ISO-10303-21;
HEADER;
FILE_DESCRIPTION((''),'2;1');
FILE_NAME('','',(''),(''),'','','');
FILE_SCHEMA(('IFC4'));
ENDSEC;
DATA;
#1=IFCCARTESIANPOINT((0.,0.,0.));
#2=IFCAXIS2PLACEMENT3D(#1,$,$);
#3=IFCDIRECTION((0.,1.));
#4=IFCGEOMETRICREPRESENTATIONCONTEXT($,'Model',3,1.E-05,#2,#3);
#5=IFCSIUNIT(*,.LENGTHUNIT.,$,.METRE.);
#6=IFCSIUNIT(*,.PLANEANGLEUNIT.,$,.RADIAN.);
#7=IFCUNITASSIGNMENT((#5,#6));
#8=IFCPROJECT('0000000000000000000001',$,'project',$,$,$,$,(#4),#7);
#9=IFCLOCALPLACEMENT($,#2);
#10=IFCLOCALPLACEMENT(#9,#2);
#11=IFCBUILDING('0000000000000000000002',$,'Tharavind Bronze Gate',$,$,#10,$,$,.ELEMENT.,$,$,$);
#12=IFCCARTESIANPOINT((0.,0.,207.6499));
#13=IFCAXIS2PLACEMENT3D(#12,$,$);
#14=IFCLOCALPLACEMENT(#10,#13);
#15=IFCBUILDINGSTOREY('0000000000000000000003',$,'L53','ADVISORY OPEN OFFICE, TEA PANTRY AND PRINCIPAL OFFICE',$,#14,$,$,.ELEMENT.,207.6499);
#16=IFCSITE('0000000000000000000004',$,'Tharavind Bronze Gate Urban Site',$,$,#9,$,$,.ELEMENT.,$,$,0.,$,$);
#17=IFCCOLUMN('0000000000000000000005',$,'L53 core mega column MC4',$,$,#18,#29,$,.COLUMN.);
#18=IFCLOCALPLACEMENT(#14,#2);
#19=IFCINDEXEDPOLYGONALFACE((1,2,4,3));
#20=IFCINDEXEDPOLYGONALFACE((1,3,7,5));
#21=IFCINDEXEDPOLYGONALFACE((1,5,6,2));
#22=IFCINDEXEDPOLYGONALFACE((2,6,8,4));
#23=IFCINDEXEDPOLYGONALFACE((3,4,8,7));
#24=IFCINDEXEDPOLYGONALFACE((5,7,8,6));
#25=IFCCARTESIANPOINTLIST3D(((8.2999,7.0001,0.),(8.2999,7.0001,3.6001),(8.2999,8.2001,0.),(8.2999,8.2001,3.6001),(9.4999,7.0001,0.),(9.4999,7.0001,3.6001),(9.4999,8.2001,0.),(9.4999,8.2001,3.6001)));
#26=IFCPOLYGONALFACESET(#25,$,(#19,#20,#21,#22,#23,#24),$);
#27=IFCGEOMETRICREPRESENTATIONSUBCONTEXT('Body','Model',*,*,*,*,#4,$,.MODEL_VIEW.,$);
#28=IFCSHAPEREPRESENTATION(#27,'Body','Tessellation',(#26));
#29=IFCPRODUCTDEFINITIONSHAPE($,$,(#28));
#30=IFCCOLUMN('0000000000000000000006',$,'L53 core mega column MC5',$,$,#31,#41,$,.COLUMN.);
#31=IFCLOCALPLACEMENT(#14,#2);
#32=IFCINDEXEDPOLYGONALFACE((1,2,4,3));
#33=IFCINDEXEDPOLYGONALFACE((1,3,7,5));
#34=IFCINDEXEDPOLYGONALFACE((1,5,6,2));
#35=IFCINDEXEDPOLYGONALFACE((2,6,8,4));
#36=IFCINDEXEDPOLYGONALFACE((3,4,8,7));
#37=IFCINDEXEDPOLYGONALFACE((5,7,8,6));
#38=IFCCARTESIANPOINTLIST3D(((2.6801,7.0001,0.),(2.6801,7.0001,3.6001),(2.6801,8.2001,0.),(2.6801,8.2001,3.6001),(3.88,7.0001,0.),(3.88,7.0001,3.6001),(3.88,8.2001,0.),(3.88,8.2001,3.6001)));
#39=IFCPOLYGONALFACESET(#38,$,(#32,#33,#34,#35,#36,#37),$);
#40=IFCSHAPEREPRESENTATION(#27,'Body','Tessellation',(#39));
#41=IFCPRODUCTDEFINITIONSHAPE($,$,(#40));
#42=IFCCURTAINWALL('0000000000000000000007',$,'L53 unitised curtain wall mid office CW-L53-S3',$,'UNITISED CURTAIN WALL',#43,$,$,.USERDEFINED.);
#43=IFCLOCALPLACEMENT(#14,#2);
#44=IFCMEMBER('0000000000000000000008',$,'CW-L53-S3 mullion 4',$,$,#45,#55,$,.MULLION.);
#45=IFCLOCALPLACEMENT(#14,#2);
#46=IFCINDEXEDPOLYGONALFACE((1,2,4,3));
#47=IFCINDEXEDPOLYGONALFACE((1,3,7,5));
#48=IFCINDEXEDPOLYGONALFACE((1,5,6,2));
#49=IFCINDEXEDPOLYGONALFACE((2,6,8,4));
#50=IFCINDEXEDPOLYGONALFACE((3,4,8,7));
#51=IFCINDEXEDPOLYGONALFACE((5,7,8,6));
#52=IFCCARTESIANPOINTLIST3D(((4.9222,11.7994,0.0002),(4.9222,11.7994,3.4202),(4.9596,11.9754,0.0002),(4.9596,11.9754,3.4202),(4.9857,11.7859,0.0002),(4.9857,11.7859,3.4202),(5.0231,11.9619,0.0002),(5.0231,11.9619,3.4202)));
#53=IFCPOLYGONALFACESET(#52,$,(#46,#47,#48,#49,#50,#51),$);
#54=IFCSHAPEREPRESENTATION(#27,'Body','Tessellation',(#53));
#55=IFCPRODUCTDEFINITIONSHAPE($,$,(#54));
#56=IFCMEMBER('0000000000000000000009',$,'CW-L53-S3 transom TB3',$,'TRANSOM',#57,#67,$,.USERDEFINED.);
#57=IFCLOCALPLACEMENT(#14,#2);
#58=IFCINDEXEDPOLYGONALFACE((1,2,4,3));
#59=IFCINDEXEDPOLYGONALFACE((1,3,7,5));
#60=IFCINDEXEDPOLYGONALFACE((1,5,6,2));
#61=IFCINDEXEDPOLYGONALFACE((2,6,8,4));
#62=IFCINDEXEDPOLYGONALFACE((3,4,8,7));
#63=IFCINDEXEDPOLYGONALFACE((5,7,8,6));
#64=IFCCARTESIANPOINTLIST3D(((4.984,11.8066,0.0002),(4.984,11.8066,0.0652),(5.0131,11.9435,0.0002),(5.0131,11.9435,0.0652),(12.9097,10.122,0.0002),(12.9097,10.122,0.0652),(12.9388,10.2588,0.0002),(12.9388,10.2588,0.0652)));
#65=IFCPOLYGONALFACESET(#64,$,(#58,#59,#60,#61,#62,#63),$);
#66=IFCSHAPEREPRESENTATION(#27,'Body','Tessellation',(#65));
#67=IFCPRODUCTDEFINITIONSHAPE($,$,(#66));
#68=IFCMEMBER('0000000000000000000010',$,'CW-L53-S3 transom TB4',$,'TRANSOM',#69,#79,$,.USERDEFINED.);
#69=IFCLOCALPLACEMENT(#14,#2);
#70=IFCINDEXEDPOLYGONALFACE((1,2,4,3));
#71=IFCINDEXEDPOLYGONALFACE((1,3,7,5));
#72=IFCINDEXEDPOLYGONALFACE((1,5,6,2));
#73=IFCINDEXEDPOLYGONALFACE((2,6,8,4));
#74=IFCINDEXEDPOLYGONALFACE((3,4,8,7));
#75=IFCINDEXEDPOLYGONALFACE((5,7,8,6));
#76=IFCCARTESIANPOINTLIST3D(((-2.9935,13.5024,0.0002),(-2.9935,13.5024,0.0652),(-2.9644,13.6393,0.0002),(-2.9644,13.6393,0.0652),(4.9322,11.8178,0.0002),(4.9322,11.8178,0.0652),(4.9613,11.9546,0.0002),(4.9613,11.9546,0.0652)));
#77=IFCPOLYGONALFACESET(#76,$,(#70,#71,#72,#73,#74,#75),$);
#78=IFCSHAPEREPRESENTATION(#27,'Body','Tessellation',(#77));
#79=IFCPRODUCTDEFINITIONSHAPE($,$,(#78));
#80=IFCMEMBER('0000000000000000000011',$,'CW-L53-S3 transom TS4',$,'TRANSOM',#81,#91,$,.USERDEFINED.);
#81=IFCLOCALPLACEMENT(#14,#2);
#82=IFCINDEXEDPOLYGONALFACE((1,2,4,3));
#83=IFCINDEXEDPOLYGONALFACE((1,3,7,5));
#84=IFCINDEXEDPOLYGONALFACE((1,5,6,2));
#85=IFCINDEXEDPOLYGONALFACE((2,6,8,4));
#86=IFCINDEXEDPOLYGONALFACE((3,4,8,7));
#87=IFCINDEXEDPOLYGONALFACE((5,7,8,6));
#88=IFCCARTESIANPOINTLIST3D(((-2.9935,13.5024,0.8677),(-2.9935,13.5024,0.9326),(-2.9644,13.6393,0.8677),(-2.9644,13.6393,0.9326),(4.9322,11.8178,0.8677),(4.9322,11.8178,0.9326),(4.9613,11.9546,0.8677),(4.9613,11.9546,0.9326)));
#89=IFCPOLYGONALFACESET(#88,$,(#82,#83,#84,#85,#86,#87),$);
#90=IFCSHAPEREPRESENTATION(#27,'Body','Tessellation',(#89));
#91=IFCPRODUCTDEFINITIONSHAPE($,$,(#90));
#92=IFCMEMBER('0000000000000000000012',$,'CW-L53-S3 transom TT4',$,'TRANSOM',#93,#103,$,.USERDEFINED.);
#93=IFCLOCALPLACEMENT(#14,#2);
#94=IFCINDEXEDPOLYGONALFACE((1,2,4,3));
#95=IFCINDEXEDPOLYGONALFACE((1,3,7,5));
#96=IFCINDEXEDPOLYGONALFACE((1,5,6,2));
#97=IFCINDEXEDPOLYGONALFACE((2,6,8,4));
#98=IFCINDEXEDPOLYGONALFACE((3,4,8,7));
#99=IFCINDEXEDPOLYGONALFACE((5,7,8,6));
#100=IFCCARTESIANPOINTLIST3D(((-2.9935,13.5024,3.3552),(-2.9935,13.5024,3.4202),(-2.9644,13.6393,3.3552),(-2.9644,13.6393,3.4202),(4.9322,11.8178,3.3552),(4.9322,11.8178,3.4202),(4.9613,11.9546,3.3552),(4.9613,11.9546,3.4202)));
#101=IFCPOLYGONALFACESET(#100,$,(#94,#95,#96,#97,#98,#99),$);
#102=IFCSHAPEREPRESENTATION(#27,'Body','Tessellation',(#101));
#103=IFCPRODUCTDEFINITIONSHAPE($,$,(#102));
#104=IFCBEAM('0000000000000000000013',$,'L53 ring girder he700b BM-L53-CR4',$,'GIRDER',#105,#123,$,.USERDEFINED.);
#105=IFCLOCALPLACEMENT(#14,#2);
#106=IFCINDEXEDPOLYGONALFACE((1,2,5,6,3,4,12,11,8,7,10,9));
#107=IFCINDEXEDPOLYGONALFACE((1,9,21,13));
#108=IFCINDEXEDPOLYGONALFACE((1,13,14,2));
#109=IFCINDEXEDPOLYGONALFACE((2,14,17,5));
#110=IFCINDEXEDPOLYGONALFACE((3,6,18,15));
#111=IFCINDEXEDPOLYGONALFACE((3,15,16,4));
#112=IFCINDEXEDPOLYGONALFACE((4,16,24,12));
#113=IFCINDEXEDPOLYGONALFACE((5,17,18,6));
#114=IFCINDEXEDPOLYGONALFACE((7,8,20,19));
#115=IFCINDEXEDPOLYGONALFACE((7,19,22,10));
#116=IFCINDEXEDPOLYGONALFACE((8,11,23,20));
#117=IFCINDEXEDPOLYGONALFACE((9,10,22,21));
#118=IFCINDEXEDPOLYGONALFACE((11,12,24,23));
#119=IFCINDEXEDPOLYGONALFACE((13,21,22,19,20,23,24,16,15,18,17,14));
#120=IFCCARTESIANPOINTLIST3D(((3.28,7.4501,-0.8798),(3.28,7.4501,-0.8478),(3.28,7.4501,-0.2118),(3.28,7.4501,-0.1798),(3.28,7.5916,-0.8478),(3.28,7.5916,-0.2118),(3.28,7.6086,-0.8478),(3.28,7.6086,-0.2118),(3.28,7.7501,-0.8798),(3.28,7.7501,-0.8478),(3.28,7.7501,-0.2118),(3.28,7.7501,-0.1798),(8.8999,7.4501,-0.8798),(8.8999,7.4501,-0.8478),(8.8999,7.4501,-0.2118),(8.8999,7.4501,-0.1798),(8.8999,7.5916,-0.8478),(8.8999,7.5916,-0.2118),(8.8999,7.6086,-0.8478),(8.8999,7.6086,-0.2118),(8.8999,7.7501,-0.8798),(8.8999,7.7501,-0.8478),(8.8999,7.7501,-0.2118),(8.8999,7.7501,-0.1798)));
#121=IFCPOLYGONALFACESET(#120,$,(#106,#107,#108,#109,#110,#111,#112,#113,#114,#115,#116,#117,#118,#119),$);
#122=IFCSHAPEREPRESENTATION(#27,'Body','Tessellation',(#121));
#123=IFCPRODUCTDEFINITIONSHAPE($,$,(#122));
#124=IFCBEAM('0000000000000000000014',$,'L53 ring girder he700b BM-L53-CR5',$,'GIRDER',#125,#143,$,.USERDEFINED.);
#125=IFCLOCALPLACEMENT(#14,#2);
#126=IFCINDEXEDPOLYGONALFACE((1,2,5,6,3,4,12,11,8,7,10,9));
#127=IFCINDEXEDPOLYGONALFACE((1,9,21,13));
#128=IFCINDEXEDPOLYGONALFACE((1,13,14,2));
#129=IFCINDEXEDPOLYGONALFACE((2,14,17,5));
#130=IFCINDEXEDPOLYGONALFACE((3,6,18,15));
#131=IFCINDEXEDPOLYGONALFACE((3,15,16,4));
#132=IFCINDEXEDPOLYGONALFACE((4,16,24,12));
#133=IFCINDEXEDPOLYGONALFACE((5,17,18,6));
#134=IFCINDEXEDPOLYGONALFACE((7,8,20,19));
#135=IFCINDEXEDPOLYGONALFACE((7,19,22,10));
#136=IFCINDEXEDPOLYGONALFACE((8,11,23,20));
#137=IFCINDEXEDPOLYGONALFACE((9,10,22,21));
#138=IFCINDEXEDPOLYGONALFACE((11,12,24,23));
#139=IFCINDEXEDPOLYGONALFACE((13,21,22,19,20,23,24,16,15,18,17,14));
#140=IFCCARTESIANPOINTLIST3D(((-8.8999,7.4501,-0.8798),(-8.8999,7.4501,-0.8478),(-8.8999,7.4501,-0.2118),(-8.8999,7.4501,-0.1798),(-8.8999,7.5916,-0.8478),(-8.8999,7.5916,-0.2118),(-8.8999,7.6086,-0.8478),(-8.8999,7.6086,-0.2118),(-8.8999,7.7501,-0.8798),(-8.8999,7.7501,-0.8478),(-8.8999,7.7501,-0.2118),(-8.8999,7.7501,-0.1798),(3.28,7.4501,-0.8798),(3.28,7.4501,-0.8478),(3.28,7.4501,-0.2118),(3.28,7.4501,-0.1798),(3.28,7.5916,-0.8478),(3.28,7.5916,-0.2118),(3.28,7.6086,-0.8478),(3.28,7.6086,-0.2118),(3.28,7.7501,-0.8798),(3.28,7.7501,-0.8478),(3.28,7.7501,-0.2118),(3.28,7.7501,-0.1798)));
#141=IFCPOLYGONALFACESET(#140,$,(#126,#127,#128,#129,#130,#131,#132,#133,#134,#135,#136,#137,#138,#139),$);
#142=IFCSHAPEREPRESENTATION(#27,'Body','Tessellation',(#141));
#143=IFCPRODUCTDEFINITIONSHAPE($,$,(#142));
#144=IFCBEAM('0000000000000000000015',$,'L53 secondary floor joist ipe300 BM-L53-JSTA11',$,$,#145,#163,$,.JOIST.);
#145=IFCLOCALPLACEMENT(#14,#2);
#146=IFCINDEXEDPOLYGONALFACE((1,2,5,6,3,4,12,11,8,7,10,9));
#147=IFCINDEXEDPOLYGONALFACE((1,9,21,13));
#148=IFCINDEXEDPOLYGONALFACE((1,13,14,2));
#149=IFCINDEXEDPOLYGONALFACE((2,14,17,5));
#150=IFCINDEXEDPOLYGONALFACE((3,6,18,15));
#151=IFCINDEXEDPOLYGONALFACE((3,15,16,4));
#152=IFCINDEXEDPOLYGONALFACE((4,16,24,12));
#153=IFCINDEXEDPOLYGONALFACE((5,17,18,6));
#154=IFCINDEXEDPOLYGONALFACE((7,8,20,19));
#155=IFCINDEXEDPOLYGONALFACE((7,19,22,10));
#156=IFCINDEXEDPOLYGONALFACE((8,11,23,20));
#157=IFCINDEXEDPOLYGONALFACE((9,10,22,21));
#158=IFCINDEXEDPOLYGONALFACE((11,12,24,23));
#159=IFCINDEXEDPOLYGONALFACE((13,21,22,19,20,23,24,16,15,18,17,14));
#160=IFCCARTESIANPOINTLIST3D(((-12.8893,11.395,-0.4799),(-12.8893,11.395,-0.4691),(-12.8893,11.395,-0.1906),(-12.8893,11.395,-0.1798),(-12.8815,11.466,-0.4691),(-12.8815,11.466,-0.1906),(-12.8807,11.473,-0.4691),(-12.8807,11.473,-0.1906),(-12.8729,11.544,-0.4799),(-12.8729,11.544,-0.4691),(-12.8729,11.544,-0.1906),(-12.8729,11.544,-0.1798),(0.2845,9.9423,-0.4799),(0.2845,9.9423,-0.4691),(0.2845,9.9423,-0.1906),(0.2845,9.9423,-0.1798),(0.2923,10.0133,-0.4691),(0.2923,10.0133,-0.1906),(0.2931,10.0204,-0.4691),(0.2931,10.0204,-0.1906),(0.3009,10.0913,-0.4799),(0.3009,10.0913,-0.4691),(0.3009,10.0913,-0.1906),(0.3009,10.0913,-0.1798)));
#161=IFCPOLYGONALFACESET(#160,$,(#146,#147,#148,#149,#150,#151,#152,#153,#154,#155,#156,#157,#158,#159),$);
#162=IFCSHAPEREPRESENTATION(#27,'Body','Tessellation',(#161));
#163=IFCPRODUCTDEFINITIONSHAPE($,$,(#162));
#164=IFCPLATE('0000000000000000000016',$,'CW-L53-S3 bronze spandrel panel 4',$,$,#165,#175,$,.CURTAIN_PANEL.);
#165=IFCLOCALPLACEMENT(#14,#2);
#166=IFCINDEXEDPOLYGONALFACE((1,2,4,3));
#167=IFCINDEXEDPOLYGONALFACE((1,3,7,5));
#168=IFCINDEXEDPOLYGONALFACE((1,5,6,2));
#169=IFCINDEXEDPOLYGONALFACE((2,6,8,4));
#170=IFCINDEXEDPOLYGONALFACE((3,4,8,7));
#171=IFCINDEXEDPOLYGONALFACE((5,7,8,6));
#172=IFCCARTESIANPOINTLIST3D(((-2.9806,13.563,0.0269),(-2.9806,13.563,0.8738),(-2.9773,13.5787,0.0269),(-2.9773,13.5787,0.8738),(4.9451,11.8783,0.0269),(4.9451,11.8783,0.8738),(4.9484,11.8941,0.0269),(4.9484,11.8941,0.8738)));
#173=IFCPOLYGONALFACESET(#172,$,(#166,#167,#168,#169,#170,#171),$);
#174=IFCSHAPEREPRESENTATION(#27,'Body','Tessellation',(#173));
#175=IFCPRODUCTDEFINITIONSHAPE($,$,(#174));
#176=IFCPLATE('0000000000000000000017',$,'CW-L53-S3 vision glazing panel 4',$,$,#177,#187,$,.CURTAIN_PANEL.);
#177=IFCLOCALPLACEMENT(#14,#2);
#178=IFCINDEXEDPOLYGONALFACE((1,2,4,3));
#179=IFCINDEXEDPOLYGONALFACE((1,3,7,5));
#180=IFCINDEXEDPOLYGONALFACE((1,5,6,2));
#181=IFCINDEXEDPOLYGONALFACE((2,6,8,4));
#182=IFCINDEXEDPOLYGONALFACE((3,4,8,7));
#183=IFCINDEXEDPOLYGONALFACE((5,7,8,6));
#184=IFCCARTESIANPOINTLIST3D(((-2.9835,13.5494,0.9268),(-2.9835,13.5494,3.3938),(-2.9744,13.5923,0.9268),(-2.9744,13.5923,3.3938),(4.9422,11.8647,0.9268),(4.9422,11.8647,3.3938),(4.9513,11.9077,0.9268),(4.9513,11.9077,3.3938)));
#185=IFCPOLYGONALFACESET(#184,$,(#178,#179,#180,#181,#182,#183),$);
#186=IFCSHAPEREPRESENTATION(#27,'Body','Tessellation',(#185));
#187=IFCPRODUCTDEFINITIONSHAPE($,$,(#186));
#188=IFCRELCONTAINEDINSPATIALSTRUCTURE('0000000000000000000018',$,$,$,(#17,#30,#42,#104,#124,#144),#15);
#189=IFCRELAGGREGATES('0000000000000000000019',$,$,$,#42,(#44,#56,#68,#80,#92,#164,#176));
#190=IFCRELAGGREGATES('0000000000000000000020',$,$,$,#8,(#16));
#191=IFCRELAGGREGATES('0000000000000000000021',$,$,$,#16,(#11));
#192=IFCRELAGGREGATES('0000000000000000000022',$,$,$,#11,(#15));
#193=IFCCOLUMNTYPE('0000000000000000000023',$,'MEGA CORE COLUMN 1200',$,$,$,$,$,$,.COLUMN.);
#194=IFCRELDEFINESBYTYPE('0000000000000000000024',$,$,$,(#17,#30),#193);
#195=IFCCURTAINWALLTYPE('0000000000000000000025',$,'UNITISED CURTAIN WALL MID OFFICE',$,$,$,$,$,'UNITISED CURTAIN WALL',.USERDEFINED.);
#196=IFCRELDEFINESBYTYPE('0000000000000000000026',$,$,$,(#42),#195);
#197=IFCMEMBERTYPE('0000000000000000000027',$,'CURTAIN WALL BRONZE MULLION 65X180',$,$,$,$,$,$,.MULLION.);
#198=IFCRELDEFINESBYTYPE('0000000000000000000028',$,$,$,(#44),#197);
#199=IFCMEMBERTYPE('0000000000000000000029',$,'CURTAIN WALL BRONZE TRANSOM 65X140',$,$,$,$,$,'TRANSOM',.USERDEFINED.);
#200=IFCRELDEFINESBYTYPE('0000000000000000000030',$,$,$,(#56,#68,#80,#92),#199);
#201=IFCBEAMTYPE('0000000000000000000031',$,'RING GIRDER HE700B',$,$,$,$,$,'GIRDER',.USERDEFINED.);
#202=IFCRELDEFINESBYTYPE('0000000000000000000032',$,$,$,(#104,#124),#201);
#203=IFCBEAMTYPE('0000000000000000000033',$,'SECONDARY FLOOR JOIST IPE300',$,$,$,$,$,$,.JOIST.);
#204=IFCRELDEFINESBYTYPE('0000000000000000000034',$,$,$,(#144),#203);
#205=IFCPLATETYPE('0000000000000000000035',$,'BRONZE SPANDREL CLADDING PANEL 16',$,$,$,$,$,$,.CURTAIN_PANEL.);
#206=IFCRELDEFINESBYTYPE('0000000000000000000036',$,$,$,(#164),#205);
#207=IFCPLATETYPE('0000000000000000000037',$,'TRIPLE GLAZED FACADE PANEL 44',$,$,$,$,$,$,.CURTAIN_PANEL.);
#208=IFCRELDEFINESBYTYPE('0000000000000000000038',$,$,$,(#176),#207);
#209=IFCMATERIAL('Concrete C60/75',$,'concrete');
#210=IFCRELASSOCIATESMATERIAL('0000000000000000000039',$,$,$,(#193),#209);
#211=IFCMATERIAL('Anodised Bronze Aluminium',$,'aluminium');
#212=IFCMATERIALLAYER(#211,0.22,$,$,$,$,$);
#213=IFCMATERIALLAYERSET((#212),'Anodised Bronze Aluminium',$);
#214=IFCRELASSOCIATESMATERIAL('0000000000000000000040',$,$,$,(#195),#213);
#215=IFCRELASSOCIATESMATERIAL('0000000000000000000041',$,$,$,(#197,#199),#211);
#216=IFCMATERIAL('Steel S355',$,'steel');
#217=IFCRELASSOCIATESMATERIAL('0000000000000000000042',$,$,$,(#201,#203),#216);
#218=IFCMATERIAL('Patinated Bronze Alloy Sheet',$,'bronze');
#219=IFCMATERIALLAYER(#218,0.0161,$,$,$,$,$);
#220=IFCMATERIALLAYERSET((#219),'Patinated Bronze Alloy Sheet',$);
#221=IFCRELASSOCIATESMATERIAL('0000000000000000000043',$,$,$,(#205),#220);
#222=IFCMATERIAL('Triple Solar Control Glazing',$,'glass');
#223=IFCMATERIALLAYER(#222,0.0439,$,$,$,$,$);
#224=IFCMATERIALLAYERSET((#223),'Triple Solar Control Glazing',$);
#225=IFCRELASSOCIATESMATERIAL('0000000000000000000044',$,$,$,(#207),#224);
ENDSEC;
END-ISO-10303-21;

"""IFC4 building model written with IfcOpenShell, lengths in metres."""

from ifc_helpers import new_model, si_unit, direction, frame, origin, origin_2d, place, context, subcontext, project, spatial, rectangle, i_section, extrude, material, layer, layer_set, material_profile, profile_set, type_object, element, aggregate, save


model = new_model("IFC4")

# Units and contexts
model_context = context("Model", 3, precision=1e-05, world=origin(), true_north=direction((0.0, 1.0)))
body_context = subcontext(model_context, "Body", "Model", "MODEL_VIEW")
ifc_project = project(units=[si_unit("LENGTHUNIT", "METRE"), si_unit("PLANEANGLEUNIT", "RADIAN")], contexts=[model_context])

# Site, building, storey
site_placement = place(None, origin())
site = spatial("IfcSite", under=ifc_project, at=site_placement, Name="Tharavind Bronze Gate Urban Site", CompositionType="ELEMENT", RefElevation=0.0)
building_placement = place(site_placement, origin())
building = spatial("IfcBuilding", under=site, at=building_placement, Name="Tharavind Bronze Gate", CompositionType="ELEMENT")
storey_placement = place(building_placement, frame((0.0, 0.0, 207.6499)))
storey = spatial("IfcBuildingStorey", under=building, at=storey_placement, Name="L53", Description="ADVISORY OPEN OFFICE, TEA PANTRY AND PRINCIPAL OFFICE", CompositionType="ELEMENT", Elevation=207.6499)

# Columns
ifc_material_1 = material(Name="Concrete C60/75", Category="concrete")
ifc_material_profile_1 = material_profile(ifc_material_1, rectangle(XDim=1.2, YDim=1.2, at=origin_2d()), Name="RCCOL1200")
ifc_profile_set_1 = profile_set([ifc_material_profile_1], Name="Concrete C60/75")
column_type = type_object("IfcColumnType", Name="MEGA CORE COLUMN 1200", PredefinedType="COLUMN", material=ifc_profile_set_1)
for number, where, z_axis, x_axis, name in (
    (1, (8.8999, 7.6001, 0.0), (0.0, 0.0, 1.0), (1.0, 0.0, 0.0), "L53 core mega column MC4"),
    (2, (3.28, 7.6001, 0.0), (0.0, 0.0, 1.0), (1.0, 0.0, 0.0), "L53 core mega column MC5"),
):
    element("IfcColumn", number, at=place(storey_placement, frame(where, z_axis=z_axis, x_axis=x_axis)), inside=storey, type_object=column_type, Name=name, PredefinedType="COLUMN", context=body_context, shape_type="SweptSolid", body=[
        extrude(rectangle(XDim=1.2, YDim=1.2, at=origin_2d()), origin(), (0.0, 0.0, 1.0), 3.6001),
    ])

# Curtain wall, members
ifc_material_2 = material(Name="Anodised Bronze Aluminium", Category="aluminium")
ifc_layer_1 = layer(ifc_material_2, 0.22)
ifc_layer_set_1 = layer_set([ifc_layer_1], Name="Anodised Bronze Aluminium")
curtain_wall_type = type_object("IfcCurtainWallType", Name="UNITISED CURTAIN WALL MID OFFICE", ElementType="UNITISED CURTAIN WALL", PredefinedType="USERDEFINED", material=ifc_layer_set_1)
curtain_wall_placement = place(storey_placement, origin())
curtain_wall = element("IfcCurtainWall", 3, at=curtain_wall_placement, inside=storey, type_object=curtain_wall_type, Name="L53 unitised curtain wall mid office CW-L53-S3", ObjectType="UNITISED CURTAIN WALL", PredefinedType="USERDEFINED")
member_type_1 = type_object("IfcMemberType", Name="CURTAIN WALL BRONZE MULLION 65X180", PredefinedType="MULLION", material=ifc_material_2)
member_1_placement = place(storey_placement, frame((4.9727, 11.8806, 0.0002), z_axis=(0.0, 0.0, 1.0), x_axis=(-0.978148, 0.207912, 0.0)))
member_1 = element("IfcMember", 4, at=member_1_placement, type_object=member_type_1, Name="CW-L53-S3 mullion 4", PredefinedType="MULLION", context=body_context, shape_type="SweptSolid", body=[
    extrude(rectangle(XDim=0.0649, YDim=0.1799, at=origin_2d()), origin(), (0.0, 0.0, 1.0), 3.4199),
])
member_type_2 = type_object("IfcMemberType", Name="CURTAIN WALL BRONZE TRANSOM 65X140", ElementType="TRANSOM", PredefinedType="USERDEFINED", material=ifc_material_2)
member_2_placement = place(storey_placement, frame((8.9614, 11.0327, 0.0002), z_axis=(0.0, 0.0, 1.0), x_axis=(-0.978148, 0.207912, 0.0)))
member_2 = element("IfcMember", 5, at=member_2_placement, type_object=member_type_2, Name="CW-L53-S3 transom TB3", ObjectType="TRANSOM", PredefinedType="USERDEFINED", context=body_context, shape_type="SweptSolid", body=[
    extrude(rectangle(XDim=8.1028, YDim=0.1399, at=origin_2d()), origin(), (0.0, 0.0, 1.0), 0.0649),
])
member_3_placement = place(storey_placement, frame((0.9839, 12.7285, 0.0002), z_axis=(0.0, 0.0, 1.0), x_axis=(-0.978148, 0.207912, 0.0)))
member_3 = element("IfcMember", 6, at=member_3_placement, type_object=member_type_2, Name="CW-L53-S3 transom TB4", ObjectType="TRANSOM", PredefinedType="USERDEFINED", context=body_context, shape_type="SweptSolid", body=[
    extrude(rectangle(XDim=8.1028, YDim=0.1399, at=origin_2d()), origin(), (0.0, 0.0, 1.0), 0.0649),
])
member_4_placement = place(storey_placement, frame((0.9839, 12.7285, 0.8677), z_axis=(0.0, 0.0, 1.0), x_axis=(-0.978148, 0.207912, 0.0)))
member_4 = element("IfcMember", 7, at=member_4_placement, type_object=member_type_2, Name="CW-L53-S3 transom TS4", ObjectType="TRANSOM", PredefinedType="USERDEFINED", context=body_context, shape_type="SweptSolid", body=[
    extrude(rectangle(XDim=8.1028, YDim=0.1399, at=origin_2d()), origin(), (0.0, 0.0, 1.0), 0.0649),
])
member_5_placement = place(storey_placement, frame((0.9839, 12.7285, 3.3552), z_axis=(0.0, 0.0, 1.0), x_axis=(-0.978148, 0.207912, 0.0)))
member_5 = element("IfcMember", 8, at=member_5_placement, type_object=member_type_2, Name="CW-L53-S3 transom TT4", ObjectType="TRANSOM", PredefinedType="USERDEFINED", context=body_context, shape_type="SweptSolid", body=[
    extrude(rectangle(XDim=8.1028, YDim=0.1399, at=origin_2d()), origin(), (0.0, 0.0, 1.0), 0.0649),
])

# Beams
ifc_material_3 = material(Name="Steel S355", Category="steel")
ifc_material_profile_2 = material_profile(ifc_material_3, i_section(OverallWidth=0.3, OverallDepth=0.7, WebThickness=0.0171, FlangeThickness=0.032, at=origin_2d()), Name="HE700B")
ifc_profile_set_2 = profile_set([ifc_material_profile_2], Name="Steel S355")
beam_type_1 = type_object("IfcBeamType", Name="RING GIRDER HE700B", ElementType="GIRDER", PredefinedType="USERDEFINED", material=ifc_profile_set_2)
beam_1_placement = place(storey_placement, frame((8.8999, 7.6001, -0.5298), z_axis=(-1.0, 0.0, 0.0), x_axis=(0.0, -1.0, 0.0)))
element("IfcBeam", 9, at=beam_1_placement, inside=storey, type_object=beam_type_1, Name="L53 ring girder he700b BM-L53-CR4", ObjectType="GIRDER", PredefinedType="USERDEFINED", context=body_context, shape_type="SweptSolid", body=[
    extrude(i_section(OverallWidth=0.3, OverallDepth=0.7, WebThickness=0.0171, FlangeThickness=0.032, at=origin_2d()), origin(), (0.0, 0.0, 1.0), 5.6199),
])
beam_2_placement = place(storey_placement, frame((3.28, 7.6001, -0.5298), z_axis=(-1.0, 0.0, 0.0), x_axis=(0.0, -1.0, 0.0)))
element("IfcBeam", 10, at=beam_2_placement, inside=storey, type_object=beam_type_1, Name="L53 ring girder he700b BM-L53-CR5", ObjectType="GIRDER", PredefinedType="USERDEFINED", context=body_context, shape_type="SweptSolid", body=[
    extrude(i_section(OverallWidth=0.3, OverallDepth=0.7, WebThickness=0.0171, FlangeThickness=0.032, at=origin_2d()), origin(), (0.0, 0.0, 1.0), 12.1799),
])
ifc_material_profile_3 = material_profile(ifc_material_3, i_section(OverallWidth=0.1499, OverallDepth=0.3, WebThickness=0.0071, FlangeThickness=0.0107, at=origin_2d()), Name="IPE300")
ifc_profile_set_3 = profile_set([ifc_material_profile_3], Name="Steel S355")
beam_type_2 = type_object("IfcBeamType", Name="SECONDARY FLOOR JOIST IPE300", PredefinedType="JOIST", material=ifc_profile_set_3)
beam_3_placement = place(storey_placement, frame((0.2927, 10.0168, -0.3298), z_axis=(-0.993975, 0.109603, 0.0), x_axis=(-0.109603, -0.993975, 0.0)))
element("IfcBeam", 11, at=beam_3_placement, inside=storey, type_object=beam_type_2, Name="L53 secondary floor joist ipe300 BM-L53-JSTA11", PredefinedType="JOIST", context=body_context, shape_type="SweptSolid", body=[
    extrude(i_section(OverallWidth=0.1499, OverallDepth=0.3, WebThickness=0.0071, FlangeThickness=0.0107, at=origin_2d()), origin(), (0.0, 0.0, 1.0), 13.2537),
])

# Plates
ifc_material_4 = material(Name="Patinated Bronze Alloy Sheet", Category="bronze")
ifc_layer_2 = layer(ifc_material_4, 0.0161)
ifc_layer_set_2 = layer_set([ifc_layer_2], Name="Patinated Bronze Alloy Sheet")
plate_type_1 = type_object("IfcPlateType", Name="BRONZE SPANDREL CLADDING PANEL 16", PredefinedType="CURTAIN_PANEL", material=ifc_layer_set_2)
plate_1_placement = place(storey_placement, frame((0.9839, 12.7285, 0.0269), z_axis=(0.0, 0.0, 1.0), x_axis=(-0.978148, 0.207912, 0.0)))
plate_1 = element("IfcPlate", 12, at=plate_1_placement, type_object=plate_type_1, Name="CW-L53-S3 bronze spandrel panel 4", PredefinedType="CURTAIN_PANEL", context=body_context, shape_type="SweptSolid", body=[
    extrude(rectangle(XDim=8.1028, YDim=0.0161, at=origin_2d()), origin(), (0.0, 0.0, 1.0), 0.8469),
])
ifc_material_5 = material(Name="Triple Solar Control Glazing", Category="glass")
ifc_layer_3 = layer(ifc_material_5, 0.0439)
ifc_layer_set_3 = layer_set([ifc_layer_3], Name="Triple Solar Control Glazing")
plate_type_2 = type_object("IfcPlateType", Name="TRIPLE GLAZED FACADE PANEL 44", PredefinedType="CURTAIN_PANEL", material=ifc_layer_set_3)
plate_2_placement = place(storey_placement, frame((0.9839, 12.7285, 0.9268), z_axis=(0.0, 0.0, 1.0), x_axis=(-0.978148, 0.207912, 0.0)))
plate_2 = element("IfcPlate", 13, at=plate_2_placement, type_object=plate_type_2, Name="CW-L53-S3 vision glazing panel 4", PredefinedType="CURTAIN_PANEL", context=body_context, shape_type="SweptSolid", body=[
    extrude(rectangle(XDim=8.1028, YDim=0.0439, at=origin_2d()), origin(), (0.0, 0.0, 1.0), 2.467),
])
aggregate(curtain_wall, [member_1, member_2, member_3, member_4, member_5, plate_1, plate_2])

save(model, "model.ifc")
